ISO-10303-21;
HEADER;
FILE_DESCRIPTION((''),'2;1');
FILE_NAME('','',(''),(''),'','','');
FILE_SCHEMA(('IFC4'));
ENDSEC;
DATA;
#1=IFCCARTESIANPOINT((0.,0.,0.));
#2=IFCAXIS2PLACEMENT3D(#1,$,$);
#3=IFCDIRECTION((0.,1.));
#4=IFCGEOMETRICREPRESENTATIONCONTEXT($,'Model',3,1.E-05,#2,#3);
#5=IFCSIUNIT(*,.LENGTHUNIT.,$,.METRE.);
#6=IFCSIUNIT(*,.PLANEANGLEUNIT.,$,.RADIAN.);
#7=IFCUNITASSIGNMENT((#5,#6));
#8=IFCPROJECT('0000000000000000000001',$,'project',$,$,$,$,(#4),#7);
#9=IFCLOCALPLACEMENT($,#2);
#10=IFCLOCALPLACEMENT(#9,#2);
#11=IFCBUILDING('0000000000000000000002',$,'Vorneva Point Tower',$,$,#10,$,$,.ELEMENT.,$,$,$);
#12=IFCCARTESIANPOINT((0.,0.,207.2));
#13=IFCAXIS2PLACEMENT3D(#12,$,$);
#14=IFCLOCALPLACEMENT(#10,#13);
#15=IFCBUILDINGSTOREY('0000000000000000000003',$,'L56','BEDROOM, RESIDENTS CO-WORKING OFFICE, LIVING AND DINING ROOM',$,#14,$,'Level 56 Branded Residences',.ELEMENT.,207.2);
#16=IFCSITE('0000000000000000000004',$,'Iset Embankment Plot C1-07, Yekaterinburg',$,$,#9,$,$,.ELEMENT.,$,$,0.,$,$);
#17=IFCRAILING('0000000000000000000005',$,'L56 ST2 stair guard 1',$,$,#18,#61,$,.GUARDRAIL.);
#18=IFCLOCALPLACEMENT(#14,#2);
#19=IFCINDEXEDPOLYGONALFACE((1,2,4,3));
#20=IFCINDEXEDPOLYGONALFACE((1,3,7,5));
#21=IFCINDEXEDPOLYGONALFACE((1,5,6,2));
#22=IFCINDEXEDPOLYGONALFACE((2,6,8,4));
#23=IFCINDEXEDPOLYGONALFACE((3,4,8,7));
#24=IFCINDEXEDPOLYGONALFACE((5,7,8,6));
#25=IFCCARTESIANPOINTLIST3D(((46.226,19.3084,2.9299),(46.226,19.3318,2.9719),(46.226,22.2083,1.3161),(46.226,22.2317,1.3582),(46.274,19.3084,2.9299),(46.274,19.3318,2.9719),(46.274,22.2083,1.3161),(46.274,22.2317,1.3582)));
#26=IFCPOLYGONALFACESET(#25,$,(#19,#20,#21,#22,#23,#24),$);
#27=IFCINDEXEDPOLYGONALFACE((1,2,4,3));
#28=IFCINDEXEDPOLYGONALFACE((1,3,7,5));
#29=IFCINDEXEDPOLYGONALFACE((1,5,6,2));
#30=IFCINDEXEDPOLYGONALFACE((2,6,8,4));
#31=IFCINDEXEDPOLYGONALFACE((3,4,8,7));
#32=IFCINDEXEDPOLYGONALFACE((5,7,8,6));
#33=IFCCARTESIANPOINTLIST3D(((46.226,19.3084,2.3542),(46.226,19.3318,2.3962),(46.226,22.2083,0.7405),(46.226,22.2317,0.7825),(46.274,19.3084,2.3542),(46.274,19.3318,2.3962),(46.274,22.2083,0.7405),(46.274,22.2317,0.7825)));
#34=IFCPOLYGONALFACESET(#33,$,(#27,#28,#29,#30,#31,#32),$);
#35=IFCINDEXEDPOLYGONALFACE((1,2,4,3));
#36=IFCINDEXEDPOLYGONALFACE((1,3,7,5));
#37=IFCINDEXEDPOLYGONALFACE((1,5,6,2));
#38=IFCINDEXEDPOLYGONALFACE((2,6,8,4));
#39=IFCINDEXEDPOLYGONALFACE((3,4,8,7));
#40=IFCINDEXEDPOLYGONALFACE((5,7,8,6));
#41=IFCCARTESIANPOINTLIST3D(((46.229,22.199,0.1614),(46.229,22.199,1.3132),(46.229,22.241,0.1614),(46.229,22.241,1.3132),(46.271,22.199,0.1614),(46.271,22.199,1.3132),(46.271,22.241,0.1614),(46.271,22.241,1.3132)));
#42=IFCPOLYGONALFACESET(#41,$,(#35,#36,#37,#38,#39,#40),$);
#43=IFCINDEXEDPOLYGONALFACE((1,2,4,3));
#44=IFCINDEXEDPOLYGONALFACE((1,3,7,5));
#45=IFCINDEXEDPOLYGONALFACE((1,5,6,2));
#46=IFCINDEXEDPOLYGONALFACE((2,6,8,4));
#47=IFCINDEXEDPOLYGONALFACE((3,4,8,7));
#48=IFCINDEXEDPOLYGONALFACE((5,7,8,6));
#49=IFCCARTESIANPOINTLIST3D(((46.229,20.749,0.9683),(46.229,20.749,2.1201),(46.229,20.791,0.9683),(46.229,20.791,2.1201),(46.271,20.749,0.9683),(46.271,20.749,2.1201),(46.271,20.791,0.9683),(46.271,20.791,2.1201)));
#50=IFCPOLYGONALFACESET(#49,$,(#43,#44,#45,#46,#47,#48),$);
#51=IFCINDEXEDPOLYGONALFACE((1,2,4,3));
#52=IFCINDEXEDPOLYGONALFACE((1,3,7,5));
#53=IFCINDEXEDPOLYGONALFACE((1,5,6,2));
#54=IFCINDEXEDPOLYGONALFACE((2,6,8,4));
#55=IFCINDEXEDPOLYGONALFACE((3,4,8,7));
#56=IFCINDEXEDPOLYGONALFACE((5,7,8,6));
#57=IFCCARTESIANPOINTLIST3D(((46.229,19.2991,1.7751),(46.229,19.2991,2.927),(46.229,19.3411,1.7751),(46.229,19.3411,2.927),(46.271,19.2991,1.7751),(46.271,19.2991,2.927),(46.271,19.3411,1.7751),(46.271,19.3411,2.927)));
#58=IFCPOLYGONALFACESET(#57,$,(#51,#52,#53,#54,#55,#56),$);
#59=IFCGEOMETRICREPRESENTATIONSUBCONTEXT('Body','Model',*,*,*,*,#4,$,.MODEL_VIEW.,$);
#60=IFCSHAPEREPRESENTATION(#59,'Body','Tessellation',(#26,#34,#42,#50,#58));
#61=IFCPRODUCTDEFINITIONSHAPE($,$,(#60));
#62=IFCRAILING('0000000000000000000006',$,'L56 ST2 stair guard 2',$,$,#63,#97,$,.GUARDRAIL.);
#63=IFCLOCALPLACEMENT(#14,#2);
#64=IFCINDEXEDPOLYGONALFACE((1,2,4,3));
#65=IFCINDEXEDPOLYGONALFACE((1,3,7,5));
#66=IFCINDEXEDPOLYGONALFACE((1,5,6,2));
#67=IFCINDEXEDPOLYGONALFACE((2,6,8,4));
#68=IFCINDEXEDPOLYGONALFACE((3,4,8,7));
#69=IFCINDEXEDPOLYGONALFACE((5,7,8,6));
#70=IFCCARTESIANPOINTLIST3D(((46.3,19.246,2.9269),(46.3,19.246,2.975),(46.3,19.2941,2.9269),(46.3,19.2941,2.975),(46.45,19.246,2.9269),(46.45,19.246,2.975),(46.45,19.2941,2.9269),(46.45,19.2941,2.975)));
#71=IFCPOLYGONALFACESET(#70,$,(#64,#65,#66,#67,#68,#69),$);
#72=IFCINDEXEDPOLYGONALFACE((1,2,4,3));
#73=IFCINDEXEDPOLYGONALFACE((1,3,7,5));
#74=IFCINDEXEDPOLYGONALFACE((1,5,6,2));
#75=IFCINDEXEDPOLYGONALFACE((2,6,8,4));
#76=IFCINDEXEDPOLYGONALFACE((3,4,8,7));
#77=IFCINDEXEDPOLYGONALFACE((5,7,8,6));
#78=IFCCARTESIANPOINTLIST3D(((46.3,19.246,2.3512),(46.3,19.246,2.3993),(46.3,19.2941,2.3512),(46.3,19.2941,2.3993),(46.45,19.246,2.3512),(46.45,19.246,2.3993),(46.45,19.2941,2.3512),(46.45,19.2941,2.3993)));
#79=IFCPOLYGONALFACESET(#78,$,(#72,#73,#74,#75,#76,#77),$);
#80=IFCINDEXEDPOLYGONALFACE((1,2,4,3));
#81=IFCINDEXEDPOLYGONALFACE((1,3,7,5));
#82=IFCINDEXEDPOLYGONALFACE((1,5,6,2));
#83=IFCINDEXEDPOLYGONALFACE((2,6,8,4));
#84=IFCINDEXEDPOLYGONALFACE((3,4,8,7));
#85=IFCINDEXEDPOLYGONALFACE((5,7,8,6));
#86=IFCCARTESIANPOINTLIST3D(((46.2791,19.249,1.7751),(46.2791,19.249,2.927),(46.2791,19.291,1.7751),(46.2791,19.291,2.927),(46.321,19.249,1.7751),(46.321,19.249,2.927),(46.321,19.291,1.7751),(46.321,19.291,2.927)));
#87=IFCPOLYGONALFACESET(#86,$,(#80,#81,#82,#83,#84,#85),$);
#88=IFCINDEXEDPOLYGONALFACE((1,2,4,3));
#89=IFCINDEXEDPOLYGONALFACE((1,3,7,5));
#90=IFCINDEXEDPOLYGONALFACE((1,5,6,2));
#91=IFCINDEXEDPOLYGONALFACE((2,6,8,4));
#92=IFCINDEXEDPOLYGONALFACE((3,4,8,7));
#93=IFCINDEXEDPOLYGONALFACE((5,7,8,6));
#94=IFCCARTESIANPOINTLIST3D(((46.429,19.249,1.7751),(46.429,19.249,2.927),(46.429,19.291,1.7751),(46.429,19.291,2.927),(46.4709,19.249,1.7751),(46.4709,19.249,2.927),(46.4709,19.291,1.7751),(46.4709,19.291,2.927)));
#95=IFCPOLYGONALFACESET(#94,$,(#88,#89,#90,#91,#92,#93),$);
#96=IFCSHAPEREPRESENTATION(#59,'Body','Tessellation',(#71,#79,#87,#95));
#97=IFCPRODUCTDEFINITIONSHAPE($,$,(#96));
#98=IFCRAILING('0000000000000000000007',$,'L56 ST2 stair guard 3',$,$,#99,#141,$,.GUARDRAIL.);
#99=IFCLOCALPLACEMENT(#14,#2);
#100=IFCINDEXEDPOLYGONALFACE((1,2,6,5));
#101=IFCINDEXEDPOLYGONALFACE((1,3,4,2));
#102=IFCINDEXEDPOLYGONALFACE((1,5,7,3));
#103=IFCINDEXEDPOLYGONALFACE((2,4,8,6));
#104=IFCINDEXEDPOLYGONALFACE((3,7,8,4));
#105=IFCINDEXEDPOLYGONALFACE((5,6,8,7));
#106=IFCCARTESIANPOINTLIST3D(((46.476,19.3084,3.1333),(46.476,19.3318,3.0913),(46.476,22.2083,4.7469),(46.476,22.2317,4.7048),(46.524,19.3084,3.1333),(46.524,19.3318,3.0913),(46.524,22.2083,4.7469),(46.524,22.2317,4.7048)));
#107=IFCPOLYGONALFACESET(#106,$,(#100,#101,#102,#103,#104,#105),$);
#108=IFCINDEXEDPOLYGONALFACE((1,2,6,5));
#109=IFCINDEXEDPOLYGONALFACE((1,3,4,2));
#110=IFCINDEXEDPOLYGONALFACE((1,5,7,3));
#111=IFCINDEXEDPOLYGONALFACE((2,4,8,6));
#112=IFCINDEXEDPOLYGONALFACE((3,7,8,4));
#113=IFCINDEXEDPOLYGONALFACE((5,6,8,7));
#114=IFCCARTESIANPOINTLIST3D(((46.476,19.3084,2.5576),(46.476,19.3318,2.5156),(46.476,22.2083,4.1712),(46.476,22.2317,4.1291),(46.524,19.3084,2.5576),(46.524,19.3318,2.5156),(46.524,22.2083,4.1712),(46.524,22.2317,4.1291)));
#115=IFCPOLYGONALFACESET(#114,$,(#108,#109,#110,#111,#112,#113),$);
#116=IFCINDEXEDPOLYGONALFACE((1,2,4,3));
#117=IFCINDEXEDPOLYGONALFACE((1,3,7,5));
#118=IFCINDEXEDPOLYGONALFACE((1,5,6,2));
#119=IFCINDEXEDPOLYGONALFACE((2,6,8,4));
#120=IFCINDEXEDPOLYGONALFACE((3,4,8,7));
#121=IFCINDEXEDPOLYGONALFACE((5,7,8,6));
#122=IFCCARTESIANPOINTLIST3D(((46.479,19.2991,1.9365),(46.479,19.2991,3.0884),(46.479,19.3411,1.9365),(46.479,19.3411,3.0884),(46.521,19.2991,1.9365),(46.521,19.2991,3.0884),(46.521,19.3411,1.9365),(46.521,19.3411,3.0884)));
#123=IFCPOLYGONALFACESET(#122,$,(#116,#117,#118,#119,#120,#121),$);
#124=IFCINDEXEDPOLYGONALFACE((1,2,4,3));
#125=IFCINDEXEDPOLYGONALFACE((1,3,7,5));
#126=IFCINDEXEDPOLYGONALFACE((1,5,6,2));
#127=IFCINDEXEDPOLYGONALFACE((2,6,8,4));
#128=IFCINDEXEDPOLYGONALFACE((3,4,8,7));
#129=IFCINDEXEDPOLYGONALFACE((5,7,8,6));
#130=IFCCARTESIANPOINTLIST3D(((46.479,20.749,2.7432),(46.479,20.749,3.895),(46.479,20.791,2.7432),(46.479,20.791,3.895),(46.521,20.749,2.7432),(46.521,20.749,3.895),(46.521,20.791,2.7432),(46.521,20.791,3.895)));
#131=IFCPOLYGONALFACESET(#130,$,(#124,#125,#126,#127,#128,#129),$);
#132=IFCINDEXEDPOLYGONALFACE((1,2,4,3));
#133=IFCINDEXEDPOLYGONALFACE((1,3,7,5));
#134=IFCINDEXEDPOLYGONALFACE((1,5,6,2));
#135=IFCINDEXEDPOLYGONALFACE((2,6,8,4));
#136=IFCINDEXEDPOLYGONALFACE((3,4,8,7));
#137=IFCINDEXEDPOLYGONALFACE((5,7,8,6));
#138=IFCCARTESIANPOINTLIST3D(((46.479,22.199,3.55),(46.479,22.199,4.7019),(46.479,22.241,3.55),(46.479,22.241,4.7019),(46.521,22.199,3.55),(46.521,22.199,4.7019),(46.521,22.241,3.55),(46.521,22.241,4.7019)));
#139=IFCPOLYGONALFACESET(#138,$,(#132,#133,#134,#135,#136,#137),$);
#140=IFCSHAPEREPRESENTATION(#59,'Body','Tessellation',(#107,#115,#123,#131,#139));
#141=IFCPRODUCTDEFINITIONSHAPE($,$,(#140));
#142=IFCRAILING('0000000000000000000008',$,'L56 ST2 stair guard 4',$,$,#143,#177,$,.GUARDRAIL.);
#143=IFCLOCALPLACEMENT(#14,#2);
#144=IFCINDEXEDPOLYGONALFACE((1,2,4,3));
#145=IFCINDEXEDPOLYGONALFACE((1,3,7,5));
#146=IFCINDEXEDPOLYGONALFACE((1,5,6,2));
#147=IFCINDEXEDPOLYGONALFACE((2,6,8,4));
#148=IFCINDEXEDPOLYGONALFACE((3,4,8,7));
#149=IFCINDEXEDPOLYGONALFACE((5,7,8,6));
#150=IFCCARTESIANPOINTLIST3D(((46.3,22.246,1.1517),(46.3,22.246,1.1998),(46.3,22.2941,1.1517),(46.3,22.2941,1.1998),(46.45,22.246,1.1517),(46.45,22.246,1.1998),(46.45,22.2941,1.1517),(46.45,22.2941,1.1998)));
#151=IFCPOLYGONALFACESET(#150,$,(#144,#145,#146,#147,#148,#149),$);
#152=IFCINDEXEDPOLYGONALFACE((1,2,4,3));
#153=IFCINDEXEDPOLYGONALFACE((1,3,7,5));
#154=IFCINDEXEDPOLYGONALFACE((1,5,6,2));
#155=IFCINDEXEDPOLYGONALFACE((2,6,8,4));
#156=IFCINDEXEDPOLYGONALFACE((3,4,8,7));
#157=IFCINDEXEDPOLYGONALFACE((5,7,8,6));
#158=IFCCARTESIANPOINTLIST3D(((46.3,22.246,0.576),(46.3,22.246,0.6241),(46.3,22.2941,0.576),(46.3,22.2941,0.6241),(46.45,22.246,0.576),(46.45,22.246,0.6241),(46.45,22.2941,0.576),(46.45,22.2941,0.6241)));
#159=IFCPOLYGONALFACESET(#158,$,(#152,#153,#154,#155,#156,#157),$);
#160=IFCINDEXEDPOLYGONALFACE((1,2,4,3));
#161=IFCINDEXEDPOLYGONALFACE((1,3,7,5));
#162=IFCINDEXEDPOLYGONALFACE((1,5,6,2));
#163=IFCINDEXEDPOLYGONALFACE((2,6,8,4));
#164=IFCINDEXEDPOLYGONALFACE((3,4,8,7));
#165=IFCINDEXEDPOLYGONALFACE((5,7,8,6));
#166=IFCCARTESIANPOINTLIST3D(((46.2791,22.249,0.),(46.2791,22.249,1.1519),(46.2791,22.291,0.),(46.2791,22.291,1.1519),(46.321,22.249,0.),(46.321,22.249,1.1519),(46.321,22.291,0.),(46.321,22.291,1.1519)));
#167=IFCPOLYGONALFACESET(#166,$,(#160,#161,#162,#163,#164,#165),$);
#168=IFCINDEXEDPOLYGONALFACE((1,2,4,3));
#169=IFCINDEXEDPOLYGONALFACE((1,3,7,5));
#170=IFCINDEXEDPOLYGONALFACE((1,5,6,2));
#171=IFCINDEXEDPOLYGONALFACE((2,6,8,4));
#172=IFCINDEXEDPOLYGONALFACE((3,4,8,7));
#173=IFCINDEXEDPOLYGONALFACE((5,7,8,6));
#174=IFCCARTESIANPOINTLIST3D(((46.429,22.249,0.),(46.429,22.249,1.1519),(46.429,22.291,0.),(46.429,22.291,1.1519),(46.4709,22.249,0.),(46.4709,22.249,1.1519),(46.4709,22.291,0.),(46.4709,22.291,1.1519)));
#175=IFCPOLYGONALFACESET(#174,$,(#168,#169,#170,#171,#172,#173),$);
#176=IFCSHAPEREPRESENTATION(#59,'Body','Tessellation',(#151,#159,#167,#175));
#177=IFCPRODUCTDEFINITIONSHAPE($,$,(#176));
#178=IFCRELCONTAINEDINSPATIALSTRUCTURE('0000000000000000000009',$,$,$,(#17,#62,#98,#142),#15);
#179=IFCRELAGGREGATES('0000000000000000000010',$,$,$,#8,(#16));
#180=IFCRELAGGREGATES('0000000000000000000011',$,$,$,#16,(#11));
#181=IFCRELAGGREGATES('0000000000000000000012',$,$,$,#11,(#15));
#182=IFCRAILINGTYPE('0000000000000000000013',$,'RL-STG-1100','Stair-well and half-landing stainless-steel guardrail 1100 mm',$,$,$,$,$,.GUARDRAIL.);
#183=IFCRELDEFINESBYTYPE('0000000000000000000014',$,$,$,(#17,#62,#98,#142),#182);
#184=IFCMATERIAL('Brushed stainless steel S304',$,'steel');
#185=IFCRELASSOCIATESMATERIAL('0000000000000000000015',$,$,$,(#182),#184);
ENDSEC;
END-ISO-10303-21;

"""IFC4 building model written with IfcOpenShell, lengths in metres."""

from ifc_helpers import new_model, si_unit, direction, frame, origin, origin_2d, place, context, subcontext, project, spatial, rectangle, extrude, material, type_object, element, save


model = new_model("IFC4")

# Units and contexts
model_context = context("Model", 3, precision=1e-05, world=origin(), true_north=direction((0.0, 1.0)))
body_context = subcontext(model_context, "Body", "Model", "MODEL_VIEW")
ifc_project = project(units=[si_unit("LENGTHUNIT", "METRE"), si_unit("PLANEANGLEUNIT", "RADIAN")], contexts=[model_context])

# Site, building, storey
site_placement = place(None, origin())
site = spatial("IfcSite", under=ifc_project, at=site_placement, Name="Iset Embankment Plot C1-07, Yekaterinburg", CompositionType="ELEMENT", RefElevation=0.0)
building_placement = place(site_placement, origin())
building = spatial("IfcBuilding", under=site, at=building_placement, Name="Vorneva Point Tower", CompositionType="ELEMENT")
storey_placement = place(building_placement, frame((0.0, 0.0, 207.2)))
storey = spatial("IfcBuildingStorey", under=building, at=storey_placement, Name="L56", Description="BEDROOM, RESIDENTS CO-WORKING OFFICE, LIVING AND DINING ROOM", LongName="Level 56 Branded Residences", CompositionType="ELEMENT", Elevation=207.2)

# Railings
ifc_material_1 = material(Name="Brushed stainless steel S304", Category="steel")
railing_type_1 = type_object("IfcRailingType", Name="RL-STG-1100", Description="Stair-well and half-landing stainless-steel guardrail 1100 mm", PredefinedType="GUARDRAIL", material=ifc_material_1)
railing_1_placement = place(storey_placement, frame((46.25, 22.22, 0.1614)))
element("IfcRailing", 1, at=railing_1_placement, inside=storey, type_object=railing_type_1, Name="L56 ST2 stair guard 1", PredefinedType="GUARDRAIL", context=body_context, shape_type="SweptSolid", body=[
    extrude(rectangle(XDim=0.0481, YDim=0.0481, at=origin_2d()), frame((0.0, 0.0, 1.1758), z_axis=(0.0, -0.87381, 0.486267), x_axis=(1.0, 0.0, 0.0)), (0.0, 0.0, 1.0), 3.3186),
    extrude(rectangle(XDim=0.0481, YDim=0.0481, at=origin_2d()), frame((0.0, 0.0, 0.6001), z_axis=(0.0, -0.87381, 0.486267), x_axis=(1.0, 0.0, 0.0)), (0.0, 0.0, 1.0), 3.3186),
    extrude(rectangle(XDim=0.042, YDim=0.042, at=origin_2d()), origin(), (0.0, 0.0, 1.0), 1.1519),
    extrude(rectangle(XDim=0.042, YDim=0.042, at=origin_2d()), frame((0.0, -1.45, 0.8069)), (0.0, 0.0, 1.0), 1.1519),
    extrude(rectangle(XDim=0.042, YDim=0.042, at=origin_2d()), frame((0.0, -2.8999, 1.6138)), (0.0, 0.0, 1.0), 1.1519),
])
railing_2_placement = place(storey_placement, frame((46.3, 19.27, 1.7751)))
element("IfcRailing", 2, at=railing_2_placement, inside=storey, type_object=railing_type_1, Name="L56 ST2 stair guard 2", PredefinedType="GUARDRAIL", context=body_context, shape_type="SweptSolid", body=[
    extrude(rectangle(XDim=0.0481, YDim=0.0481, at=origin_2d()), frame((0.0, 0.0, 1.1758), z_axis=(1.0, 0.0, 0.0), x_axis=(0.0, 1.0, 0.0)), (0.0, 0.0, 1.0), 0.1499),
    extrude(rectangle(XDim=0.0481, YDim=0.0481, at=origin_2d()), frame((0.0, 0.0, 0.6001), z_axis=(1.0, 0.0, 0.0), x_axis=(0.0, 1.0, 0.0)), (0.0, 0.0, 1.0), 0.1499),
    extrude(rectangle(XDim=0.042, YDim=0.042, at=origin_2d()), origin(), (0.0, 0.0, 1.0), 1.1519),
    extrude(rectangle(XDim=0.042, YDim=0.042, at=origin_2d()), frame((0.1499, 0.0, 0.0)), (0.0, 0.0, 1.0), 1.1519),
])
railing_3_placement = place(storey_placement, frame((46.5, 19.3201, 1.9365)))
element("IfcRailing", 3, at=railing_3_placement, inside=storey, type_object=railing_type_1, Name="L56 ST2 stair guard 3", PredefinedType="GUARDRAIL", context=body_context, shape_type="SweptSolid", body=[
    extrude(rectangle(XDim=0.0481, YDim=0.0481, at=origin_2d()), frame((0.0, 0.0, 1.1758), z_axis=(0.0, 0.873841, 0.486211), x_axis=(-1.0, 0.0, 0.0)), (0.0, 0.0, 1.0), 3.3186),
    extrude(rectangle(XDim=0.0481, YDim=0.0481, at=origin_2d()), frame((0.0, 0.0, 0.6001), z_axis=(0.0, 0.873841, 0.486211), x_axis=(-1.0, 0.0, 0.0)), (0.0, 0.0, 1.0), 3.3186),
    extrude(rectangle(XDim=0.042, YDim=0.042, at=origin_2d()), origin(), (0.0, 0.0, 1.0), 1.1519),
    extrude(rectangle(XDim=0.042, YDim=0.042, at=origin_2d()), frame((0.0, 1.45, 0.8066)), (0.0, 0.0, 1.0), 1.1519),
    extrude(rectangle(XDim=0.042, YDim=0.042, at=origin_2d()), frame((0.0, 2.8999, 1.6135)), (0.0, 0.0, 1.0), 1.1519),
])
railing_4_placement = place(storey_placement, frame((46.3, 22.27, 0.0)))
element("IfcRailing", 4, at=railing_4_placement, inside=storey, type_object=railing_type_1, Name="L56 ST2 stair guard 4", PredefinedType="GUARDRAIL", context=body_context, shape_type="SweptSolid", body=[
    extrude(rectangle(XDim=0.0481, YDim=0.0481, at=origin_2d()), frame((0.0, 0.0, 1.1758), z_axis=(1.0, 0.0, 0.0), x_axis=(0.0, 1.0, 0.0)), (0.0, 0.0, 1.0), 0.1499),
    extrude(rectangle(XDim=0.0481, YDim=0.0481, at=origin_2d()), frame((0.0, 0.0, 0.6001), z_axis=(1.0, 0.0, 0.0), x_axis=(0.0, 1.0, 0.0)), (0.0, 0.0, 1.0), 0.1499),
    extrude(rectangle(XDim=0.042, YDim=0.042, at=origin_2d()), origin(), (0.0, 0.0, 1.0), 1.1519),
    extrude(rectangle(XDim=0.042, YDim=0.042, at=origin_2d()), frame((0.1499, 0.0, 0.0)), (0.0, 0.0, 1.0), 1.1519),
])

save(model, "model.ifc")
